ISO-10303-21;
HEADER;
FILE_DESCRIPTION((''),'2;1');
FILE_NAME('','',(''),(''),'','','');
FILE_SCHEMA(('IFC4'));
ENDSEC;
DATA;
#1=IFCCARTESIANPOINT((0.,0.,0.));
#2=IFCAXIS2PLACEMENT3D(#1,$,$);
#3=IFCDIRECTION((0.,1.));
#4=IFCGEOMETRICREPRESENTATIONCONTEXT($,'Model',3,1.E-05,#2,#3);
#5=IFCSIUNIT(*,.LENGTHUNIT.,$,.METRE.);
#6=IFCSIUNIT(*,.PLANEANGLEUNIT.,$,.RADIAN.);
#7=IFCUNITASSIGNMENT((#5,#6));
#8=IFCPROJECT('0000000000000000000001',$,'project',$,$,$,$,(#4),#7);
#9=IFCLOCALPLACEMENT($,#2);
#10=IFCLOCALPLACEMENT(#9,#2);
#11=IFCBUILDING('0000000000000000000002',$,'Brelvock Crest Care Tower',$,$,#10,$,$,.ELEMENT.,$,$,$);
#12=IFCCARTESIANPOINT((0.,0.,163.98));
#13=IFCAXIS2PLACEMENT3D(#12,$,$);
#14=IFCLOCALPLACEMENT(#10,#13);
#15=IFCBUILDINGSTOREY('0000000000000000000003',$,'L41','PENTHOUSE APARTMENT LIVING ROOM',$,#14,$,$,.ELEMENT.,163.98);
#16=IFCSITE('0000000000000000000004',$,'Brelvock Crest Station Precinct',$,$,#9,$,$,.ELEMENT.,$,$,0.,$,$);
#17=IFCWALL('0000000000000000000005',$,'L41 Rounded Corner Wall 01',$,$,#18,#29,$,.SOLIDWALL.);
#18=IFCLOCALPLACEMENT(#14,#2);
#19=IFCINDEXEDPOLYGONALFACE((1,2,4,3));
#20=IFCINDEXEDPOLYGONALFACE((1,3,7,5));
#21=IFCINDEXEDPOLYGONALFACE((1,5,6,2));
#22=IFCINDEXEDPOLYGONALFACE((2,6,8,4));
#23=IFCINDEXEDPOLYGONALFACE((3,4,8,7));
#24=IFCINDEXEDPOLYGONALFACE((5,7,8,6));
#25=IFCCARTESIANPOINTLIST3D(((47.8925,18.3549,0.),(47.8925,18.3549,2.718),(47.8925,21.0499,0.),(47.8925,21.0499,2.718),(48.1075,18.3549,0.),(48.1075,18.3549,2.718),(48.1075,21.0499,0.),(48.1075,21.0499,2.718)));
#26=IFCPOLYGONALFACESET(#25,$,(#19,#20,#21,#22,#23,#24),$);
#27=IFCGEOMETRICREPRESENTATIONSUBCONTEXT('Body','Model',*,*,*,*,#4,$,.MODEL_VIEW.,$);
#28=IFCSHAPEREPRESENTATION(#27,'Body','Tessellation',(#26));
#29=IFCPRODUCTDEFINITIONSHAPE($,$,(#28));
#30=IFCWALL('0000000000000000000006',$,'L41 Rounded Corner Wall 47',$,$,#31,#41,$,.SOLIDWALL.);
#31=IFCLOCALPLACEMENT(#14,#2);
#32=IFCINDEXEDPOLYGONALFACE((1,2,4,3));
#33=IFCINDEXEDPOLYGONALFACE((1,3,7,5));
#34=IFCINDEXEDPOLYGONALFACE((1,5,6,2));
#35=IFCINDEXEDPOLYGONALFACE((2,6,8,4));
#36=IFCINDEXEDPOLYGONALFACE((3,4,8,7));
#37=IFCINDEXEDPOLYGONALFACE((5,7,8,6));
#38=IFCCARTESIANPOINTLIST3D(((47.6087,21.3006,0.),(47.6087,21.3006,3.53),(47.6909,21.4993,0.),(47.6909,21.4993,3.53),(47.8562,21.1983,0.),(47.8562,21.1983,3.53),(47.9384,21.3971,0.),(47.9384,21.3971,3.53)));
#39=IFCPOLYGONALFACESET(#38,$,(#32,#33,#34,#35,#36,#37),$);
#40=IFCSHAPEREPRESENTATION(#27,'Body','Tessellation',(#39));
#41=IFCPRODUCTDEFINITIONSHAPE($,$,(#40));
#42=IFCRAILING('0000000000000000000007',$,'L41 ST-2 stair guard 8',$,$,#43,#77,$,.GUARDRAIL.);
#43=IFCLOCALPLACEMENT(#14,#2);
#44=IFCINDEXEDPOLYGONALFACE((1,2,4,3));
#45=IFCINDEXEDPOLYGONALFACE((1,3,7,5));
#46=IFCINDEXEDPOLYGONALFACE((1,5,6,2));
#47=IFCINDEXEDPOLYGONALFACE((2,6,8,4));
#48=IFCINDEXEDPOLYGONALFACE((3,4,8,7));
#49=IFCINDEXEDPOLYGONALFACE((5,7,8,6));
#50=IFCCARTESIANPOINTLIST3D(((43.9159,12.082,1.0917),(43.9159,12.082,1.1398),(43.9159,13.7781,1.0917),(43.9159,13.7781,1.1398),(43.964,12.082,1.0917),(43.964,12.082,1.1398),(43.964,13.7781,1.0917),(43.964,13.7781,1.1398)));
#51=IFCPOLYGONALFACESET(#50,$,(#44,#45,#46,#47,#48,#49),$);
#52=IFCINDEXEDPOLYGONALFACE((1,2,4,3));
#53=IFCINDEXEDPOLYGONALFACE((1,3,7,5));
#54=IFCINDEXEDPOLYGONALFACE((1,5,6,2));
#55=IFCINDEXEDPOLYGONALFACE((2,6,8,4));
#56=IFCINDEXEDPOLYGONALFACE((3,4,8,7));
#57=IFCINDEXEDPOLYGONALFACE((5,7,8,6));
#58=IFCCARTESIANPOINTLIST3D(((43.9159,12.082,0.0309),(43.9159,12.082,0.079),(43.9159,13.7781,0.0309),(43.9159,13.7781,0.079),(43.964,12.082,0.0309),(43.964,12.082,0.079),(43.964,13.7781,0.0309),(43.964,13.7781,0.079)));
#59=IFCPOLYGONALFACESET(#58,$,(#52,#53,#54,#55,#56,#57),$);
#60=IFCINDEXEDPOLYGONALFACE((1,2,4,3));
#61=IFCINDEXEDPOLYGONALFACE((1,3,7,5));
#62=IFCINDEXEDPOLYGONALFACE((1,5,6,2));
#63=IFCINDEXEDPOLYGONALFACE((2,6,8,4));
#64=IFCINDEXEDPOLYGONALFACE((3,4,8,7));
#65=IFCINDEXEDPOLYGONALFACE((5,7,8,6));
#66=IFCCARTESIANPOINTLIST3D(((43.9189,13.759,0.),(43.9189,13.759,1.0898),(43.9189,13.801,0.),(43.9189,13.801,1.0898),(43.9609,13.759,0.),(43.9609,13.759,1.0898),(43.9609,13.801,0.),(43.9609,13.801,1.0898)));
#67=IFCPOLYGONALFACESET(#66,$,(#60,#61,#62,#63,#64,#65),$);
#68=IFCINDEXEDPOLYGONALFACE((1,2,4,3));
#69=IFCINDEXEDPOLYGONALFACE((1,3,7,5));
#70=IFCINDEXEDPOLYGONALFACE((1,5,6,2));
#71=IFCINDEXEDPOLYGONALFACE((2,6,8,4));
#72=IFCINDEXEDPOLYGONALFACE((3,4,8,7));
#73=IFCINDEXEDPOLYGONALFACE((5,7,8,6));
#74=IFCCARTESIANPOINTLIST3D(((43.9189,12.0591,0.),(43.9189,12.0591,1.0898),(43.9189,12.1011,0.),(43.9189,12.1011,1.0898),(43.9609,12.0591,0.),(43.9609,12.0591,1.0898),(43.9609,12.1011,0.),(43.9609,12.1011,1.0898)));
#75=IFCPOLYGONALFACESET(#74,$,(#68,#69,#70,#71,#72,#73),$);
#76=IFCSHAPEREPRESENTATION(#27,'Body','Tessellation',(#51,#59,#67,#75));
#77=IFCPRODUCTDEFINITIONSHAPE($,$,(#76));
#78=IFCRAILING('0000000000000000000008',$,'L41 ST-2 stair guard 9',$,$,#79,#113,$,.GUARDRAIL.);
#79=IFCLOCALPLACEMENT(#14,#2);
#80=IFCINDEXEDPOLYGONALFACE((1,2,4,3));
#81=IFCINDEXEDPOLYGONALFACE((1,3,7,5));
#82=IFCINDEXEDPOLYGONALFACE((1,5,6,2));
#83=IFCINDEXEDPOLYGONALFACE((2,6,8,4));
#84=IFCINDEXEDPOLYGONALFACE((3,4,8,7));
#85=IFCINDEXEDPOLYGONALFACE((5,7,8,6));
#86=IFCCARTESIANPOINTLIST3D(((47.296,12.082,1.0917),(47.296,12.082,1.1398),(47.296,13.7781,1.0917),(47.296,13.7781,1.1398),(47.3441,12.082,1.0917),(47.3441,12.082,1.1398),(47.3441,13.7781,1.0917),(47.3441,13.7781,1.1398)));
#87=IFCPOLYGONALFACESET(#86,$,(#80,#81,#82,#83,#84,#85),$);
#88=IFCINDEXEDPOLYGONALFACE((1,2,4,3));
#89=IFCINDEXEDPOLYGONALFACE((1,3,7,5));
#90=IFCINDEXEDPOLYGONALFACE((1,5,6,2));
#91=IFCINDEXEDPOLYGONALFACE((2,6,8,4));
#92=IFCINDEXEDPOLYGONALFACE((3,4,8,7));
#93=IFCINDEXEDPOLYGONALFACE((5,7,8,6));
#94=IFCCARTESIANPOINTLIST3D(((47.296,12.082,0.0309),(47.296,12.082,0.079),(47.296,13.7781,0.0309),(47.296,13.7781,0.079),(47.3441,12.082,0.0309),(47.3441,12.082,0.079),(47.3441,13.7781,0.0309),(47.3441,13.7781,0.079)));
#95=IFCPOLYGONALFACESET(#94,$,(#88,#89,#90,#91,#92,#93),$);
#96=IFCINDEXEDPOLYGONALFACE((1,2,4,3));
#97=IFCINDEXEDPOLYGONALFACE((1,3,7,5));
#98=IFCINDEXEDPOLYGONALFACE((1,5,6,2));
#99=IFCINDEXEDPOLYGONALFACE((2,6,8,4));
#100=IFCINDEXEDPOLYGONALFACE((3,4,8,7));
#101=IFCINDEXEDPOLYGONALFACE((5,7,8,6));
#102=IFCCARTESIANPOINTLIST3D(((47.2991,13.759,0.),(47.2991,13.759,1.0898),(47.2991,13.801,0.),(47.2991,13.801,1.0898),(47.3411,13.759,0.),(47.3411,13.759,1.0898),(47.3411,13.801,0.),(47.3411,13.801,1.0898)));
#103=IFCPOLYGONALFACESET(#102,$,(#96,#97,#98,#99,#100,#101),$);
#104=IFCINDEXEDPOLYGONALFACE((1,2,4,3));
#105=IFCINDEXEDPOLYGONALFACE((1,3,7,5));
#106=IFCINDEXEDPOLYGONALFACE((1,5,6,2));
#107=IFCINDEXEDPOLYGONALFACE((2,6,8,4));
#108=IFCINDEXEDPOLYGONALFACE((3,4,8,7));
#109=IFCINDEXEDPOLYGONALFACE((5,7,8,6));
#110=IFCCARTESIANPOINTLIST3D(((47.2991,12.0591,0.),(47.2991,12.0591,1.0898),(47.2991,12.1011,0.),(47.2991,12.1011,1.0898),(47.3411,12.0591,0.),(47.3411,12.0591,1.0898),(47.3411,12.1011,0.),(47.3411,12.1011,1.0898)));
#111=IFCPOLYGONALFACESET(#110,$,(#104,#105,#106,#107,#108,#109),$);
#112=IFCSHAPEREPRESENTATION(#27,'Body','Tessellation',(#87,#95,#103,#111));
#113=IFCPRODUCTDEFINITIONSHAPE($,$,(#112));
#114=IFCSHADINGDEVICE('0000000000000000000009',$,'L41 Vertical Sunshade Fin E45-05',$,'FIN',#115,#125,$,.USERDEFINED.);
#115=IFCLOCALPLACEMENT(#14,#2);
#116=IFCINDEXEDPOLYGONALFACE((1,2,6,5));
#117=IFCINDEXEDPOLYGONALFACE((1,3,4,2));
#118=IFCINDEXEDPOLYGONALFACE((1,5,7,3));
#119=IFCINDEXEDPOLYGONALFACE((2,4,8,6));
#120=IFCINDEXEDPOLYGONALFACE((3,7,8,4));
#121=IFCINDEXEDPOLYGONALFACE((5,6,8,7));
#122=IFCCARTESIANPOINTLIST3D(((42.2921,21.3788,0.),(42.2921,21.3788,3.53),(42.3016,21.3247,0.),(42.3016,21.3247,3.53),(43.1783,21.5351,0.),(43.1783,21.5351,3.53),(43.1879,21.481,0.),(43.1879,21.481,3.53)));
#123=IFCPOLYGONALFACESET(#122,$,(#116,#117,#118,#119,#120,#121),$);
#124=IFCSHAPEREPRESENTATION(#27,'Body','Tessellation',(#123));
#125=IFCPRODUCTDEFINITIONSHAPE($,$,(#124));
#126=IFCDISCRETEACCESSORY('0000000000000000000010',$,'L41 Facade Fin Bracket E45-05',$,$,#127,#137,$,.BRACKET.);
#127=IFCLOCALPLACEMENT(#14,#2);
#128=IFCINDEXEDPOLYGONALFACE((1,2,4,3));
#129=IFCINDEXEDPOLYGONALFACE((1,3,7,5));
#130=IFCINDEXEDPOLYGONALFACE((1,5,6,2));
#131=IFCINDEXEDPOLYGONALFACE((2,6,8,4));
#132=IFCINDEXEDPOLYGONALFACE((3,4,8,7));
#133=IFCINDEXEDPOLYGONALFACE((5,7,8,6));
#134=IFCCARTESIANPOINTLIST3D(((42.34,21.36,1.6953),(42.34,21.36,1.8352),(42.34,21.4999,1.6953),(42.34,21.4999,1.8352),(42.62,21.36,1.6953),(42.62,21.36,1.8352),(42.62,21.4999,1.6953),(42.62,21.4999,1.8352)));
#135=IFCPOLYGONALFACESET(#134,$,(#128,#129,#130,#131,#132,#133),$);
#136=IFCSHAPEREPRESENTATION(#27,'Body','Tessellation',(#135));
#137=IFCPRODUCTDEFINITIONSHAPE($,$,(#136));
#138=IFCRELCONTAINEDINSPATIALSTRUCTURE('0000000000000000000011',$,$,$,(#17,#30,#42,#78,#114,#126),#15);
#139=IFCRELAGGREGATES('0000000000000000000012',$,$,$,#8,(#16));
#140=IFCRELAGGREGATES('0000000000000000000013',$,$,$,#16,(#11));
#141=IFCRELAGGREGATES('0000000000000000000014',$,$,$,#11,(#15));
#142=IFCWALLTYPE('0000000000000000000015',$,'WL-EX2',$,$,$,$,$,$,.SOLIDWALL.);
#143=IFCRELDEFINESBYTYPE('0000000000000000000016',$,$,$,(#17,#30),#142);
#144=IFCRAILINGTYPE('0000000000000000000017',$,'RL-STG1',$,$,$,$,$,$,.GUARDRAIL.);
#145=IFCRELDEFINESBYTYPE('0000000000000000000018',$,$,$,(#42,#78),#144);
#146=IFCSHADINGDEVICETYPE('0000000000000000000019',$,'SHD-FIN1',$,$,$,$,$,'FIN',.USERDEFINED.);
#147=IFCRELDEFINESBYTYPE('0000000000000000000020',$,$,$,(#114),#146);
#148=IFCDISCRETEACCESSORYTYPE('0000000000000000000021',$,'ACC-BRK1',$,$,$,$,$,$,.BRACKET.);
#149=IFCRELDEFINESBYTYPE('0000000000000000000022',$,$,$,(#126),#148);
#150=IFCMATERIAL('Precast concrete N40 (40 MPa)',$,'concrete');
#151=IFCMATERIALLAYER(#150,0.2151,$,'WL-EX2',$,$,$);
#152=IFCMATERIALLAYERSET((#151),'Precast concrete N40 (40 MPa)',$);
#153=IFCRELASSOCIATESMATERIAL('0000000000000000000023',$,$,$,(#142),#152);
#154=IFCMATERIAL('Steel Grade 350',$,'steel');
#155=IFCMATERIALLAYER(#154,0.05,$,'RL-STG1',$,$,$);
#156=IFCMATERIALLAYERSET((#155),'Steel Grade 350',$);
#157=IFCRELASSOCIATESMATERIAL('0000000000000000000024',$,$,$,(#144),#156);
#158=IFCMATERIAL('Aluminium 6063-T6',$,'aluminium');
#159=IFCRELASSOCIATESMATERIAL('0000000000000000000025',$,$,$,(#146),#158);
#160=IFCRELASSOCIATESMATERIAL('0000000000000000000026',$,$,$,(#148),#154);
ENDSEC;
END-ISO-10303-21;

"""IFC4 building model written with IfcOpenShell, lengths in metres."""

from ifc_helpers import new_model, si_unit, direction, frame, frame_2d, origin, origin_2d, place, context, subcontext, project, spatial, rectangle, extrude, source, transform, mapped, material, layer, layer_set, material_profile, profile_set, type_object, element, save


model = new_model("IFC4")

# Units and contexts
model_context = context("Model", 3, precision=1e-05, world=origin(), true_north=direction((0.0, 1.0)))
body_context = subcontext(model_context, "Body", "Model", "MODEL_VIEW")
ifc_project = project(units=[si_unit("LENGTHUNIT", "METRE"), si_unit("PLANEANGLEUNIT", "RADIAN")], contexts=[model_context])

# Site, building, storey
site_placement = place(None, origin())
site = spatial("IfcSite", under=ifc_project, at=site_placement, Name="Brelvock Crest Station Precinct", CompositionType="ELEMENT", RefElevation=0.0)
building_placement = place(site_placement, origin())
building = spatial("IfcBuilding", under=site, at=building_placement, Name="Brelvock Crest Care Tower", CompositionType="ELEMENT")
storey_placement = place(building_placement, frame((0.0, 0.0, 163.98)))
storey = spatial("IfcBuildingStorey", under=building, at=storey_placement, Name="L41", Description="PENTHOUSE APARTMENT LIVING ROOM", CompositionType="ELEMENT", Elevation=163.98)

# Shared definitions
ifc_material_1 = material(Name="Steel Grade 350", Category="steel")

# Shared definitions
ifc_material_2 = material(Name="Aluminium 6063-T6", Category="aluminium")

# Walls
ifc_material_3 = material(Name="Precast concrete N40 (40 MPa)", Category="concrete")
ifc_layer_1 = layer(ifc_material_3, 0.2151, Name="WL-EX2")
ifc_layer_set_1 = layer_set([ifc_layer_1], Name="Precast concrete N40 (40 MPa)")
wall_type_1 = type_object("IfcWallType", Name="WL-EX2", PredefinedType="SOLIDWALL", material=ifc_layer_set_1)
wall_1_placement = place(storey_placement, frame((48.0, 21.05, 0.0), z_axis=(0.0, 0.0, 1.0), x_axis=(0.0, -1.0, 0.0)))
element("IfcWall", 1, at=wall_1_placement, inside=storey, type_object=wall_type_1, Name="L41 Rounded Corner Wall 01", PredefinedType="SOLIDWALL", context=body_context, shape_type="SweptSolid", body=[
    extrude(rectangle(XDim=2.6951, YDim=0.2151, at=frame_2d((1.3477, 0.0))), origin(), (0.0, 0.0, 1.0), 2.718),
])
wall_2_placement = place(storey_placement, frame((47.6499, 21.3999, 0.0), z_axis=(0.0, 0.0, 1.0), x_axis=(0.924205, -0.381896, 0.0)))
element("IfcWall", 2, at=wall_2_placement, inside=storey, type_object=wall_type_1, Name="L41 Rounded Corner Wall 47", PredefinedType="SOLIDWALL", context=body_context, shape_type="SweptSolid", body=[
    extrude(rectangle(XDim=0.2678, YDim=0.2151, at=frame_2d((0.1338, 0.0))), origin(), (0.0, 0.0, 1.0), 3.53),
])

# Railings
ifc_layer_2 = layer(ifc_material_1, 0.05, Name="RL-STG1")
ifc_layer_set_2 = layer_set([ifc_layer_2], Name="Steel Grade 350")
railing_type = type_object("IfcRailingType", Name="RL-STG1", PredefinedType="GUARDRAIL", material=ifc_layer_set_2)
for number, where, name in (
    (3, (43.9399, 13.78, 0.0), "L41 ST-2 stair guard 8"),
    (4, (47.3201, 13.78, 0.0), "L41 ST-2 stair guard 9"),
):
    element("IfcRailing", number, at=place(storey_placement, frame(where)), inside=storey, type_object=railing_type, Name=name, PredefinedType="GUARDRAIL", context=body_context, shape_type="SweptSolid", body=[
        extrude(rectangle(XDim=0.0481, YDim=0.0481, at=origin_2d()), frame((0.0, -0.002, 1.1157), z_axis=(0.0, -1.0, 0.0), x_axis=(1.0, 0.0, 0.0)), (0.0, 0.0, 1.0), 1.696),
        extrude(rectangle(XDim=0.0481, YDim=0.0481, at=origin_2d()), frame((0.0, -0.002, 0.0549), z_axis=(0.0, -1.0, 0.0), x_axis=(1.0, 0.0, 0.0)), (0.0, 0.0, 1.0), 1.696),
        extrude(rectangle(XDim=0.042, YDim=0.042, at=origin_2d()), origin(), (0.0, 0.0, 1.0), 1.0898),
        extrude(rectangle(XDim=0.042, YDim=0.042, at=origin_2d()), frame((0.0, -1.7, 0.0)), (0.0, 0.0, 1.0), 1.0898),
    ])

# Shading device
ifc_material_profile_1 = material_profile(ifc_material_2, rectangle(XDim=0.0549, YDim=0.8999, at=origin_2d()), Name="FIN55x900")
ifc_profile_set_1 = profile_set([ifc_material_profile_1], Name="Aluminium 6063-T6")
shading_device_type = type_object("IfcShadingDeviceType", Name="SHD-FIN1", ElementType="FIN", PredefinedType="USERDEFINED", material=ifc_profile_set_1)
shared_shape_1 = source(origin(), body_context, "Body", "SweptSolid", [
    extrude(rectangle(XDim=0.0549, YDim=0.8999, at=origin_2d()), origin(), (0.0, 0.0, 1.0), 3.53),
])
shading_device_placement = place(storey_placement, frame((42.74, 21.4299, 0.0), z_axis=(0.0, 0.0, 1.0), x_axis=(0.173648, -0.984808, 0.0)))
element("IfcShadingDevice", 5, at=shading_device_placement, inside=storey, type_object=shading_device_type, Name="L41 Vertical Sunshade Fin E45-05", ObjectType="FIN", PredefinedType="USERDEFINED", context=body_context, shape_type="MappedRepresentation", body=[
    mapped(shared_shape_1, transform((0.0, 0.0, 0.0), x_axis=(1.0, 0.0, 0.0), y_axis=(0.0, 1.0, 0.0), z_axis=(0.0, 0.0, 1.0), scale=1.0)),
])

# Discrete accessory
discrete_accessory_type = type_object("IfcDiscreteAccessoryType", Name="ACC-BRK1", PredefinedType="BRACKET", material=ifc_material_1)
shared_shape_2 = source(origin(), body_context, "Body", "SweptSolid", [
    extrude(rectangle(XDim=0.28, YDim=0.1399, at=origin_2d()), origin(), (0.0, 0.0, 1.0), 0.1399),
])
discrete_accessory_placement = place(storey_placement, frame((42.48, 21.4299, 1.6953), z_axis=(0.0, 0.0, 1.0), x_axis=(1.0, 0.0, 0.0)))
element("IfcDiscreteAccessory", 6, at=discrete_accessory_placement, inside=storey, type_object=discrete_accessory_type, Name="L41 Facade Fin Bracket E45-05", PredefinedType="BRACKET", context=body_context, shape_type="MappedRepresentation", body=[
    mapped(shared_shape_2, transform((0.0, 0.0, 0.0), x_axis=(1.0, 0.0, 0.0), y_axis=(0.0, 1.0, 0.0), z_axis=(0.0, 0.0, 1.0), scale=1.0)),
])

save(model, "model.ifc")
